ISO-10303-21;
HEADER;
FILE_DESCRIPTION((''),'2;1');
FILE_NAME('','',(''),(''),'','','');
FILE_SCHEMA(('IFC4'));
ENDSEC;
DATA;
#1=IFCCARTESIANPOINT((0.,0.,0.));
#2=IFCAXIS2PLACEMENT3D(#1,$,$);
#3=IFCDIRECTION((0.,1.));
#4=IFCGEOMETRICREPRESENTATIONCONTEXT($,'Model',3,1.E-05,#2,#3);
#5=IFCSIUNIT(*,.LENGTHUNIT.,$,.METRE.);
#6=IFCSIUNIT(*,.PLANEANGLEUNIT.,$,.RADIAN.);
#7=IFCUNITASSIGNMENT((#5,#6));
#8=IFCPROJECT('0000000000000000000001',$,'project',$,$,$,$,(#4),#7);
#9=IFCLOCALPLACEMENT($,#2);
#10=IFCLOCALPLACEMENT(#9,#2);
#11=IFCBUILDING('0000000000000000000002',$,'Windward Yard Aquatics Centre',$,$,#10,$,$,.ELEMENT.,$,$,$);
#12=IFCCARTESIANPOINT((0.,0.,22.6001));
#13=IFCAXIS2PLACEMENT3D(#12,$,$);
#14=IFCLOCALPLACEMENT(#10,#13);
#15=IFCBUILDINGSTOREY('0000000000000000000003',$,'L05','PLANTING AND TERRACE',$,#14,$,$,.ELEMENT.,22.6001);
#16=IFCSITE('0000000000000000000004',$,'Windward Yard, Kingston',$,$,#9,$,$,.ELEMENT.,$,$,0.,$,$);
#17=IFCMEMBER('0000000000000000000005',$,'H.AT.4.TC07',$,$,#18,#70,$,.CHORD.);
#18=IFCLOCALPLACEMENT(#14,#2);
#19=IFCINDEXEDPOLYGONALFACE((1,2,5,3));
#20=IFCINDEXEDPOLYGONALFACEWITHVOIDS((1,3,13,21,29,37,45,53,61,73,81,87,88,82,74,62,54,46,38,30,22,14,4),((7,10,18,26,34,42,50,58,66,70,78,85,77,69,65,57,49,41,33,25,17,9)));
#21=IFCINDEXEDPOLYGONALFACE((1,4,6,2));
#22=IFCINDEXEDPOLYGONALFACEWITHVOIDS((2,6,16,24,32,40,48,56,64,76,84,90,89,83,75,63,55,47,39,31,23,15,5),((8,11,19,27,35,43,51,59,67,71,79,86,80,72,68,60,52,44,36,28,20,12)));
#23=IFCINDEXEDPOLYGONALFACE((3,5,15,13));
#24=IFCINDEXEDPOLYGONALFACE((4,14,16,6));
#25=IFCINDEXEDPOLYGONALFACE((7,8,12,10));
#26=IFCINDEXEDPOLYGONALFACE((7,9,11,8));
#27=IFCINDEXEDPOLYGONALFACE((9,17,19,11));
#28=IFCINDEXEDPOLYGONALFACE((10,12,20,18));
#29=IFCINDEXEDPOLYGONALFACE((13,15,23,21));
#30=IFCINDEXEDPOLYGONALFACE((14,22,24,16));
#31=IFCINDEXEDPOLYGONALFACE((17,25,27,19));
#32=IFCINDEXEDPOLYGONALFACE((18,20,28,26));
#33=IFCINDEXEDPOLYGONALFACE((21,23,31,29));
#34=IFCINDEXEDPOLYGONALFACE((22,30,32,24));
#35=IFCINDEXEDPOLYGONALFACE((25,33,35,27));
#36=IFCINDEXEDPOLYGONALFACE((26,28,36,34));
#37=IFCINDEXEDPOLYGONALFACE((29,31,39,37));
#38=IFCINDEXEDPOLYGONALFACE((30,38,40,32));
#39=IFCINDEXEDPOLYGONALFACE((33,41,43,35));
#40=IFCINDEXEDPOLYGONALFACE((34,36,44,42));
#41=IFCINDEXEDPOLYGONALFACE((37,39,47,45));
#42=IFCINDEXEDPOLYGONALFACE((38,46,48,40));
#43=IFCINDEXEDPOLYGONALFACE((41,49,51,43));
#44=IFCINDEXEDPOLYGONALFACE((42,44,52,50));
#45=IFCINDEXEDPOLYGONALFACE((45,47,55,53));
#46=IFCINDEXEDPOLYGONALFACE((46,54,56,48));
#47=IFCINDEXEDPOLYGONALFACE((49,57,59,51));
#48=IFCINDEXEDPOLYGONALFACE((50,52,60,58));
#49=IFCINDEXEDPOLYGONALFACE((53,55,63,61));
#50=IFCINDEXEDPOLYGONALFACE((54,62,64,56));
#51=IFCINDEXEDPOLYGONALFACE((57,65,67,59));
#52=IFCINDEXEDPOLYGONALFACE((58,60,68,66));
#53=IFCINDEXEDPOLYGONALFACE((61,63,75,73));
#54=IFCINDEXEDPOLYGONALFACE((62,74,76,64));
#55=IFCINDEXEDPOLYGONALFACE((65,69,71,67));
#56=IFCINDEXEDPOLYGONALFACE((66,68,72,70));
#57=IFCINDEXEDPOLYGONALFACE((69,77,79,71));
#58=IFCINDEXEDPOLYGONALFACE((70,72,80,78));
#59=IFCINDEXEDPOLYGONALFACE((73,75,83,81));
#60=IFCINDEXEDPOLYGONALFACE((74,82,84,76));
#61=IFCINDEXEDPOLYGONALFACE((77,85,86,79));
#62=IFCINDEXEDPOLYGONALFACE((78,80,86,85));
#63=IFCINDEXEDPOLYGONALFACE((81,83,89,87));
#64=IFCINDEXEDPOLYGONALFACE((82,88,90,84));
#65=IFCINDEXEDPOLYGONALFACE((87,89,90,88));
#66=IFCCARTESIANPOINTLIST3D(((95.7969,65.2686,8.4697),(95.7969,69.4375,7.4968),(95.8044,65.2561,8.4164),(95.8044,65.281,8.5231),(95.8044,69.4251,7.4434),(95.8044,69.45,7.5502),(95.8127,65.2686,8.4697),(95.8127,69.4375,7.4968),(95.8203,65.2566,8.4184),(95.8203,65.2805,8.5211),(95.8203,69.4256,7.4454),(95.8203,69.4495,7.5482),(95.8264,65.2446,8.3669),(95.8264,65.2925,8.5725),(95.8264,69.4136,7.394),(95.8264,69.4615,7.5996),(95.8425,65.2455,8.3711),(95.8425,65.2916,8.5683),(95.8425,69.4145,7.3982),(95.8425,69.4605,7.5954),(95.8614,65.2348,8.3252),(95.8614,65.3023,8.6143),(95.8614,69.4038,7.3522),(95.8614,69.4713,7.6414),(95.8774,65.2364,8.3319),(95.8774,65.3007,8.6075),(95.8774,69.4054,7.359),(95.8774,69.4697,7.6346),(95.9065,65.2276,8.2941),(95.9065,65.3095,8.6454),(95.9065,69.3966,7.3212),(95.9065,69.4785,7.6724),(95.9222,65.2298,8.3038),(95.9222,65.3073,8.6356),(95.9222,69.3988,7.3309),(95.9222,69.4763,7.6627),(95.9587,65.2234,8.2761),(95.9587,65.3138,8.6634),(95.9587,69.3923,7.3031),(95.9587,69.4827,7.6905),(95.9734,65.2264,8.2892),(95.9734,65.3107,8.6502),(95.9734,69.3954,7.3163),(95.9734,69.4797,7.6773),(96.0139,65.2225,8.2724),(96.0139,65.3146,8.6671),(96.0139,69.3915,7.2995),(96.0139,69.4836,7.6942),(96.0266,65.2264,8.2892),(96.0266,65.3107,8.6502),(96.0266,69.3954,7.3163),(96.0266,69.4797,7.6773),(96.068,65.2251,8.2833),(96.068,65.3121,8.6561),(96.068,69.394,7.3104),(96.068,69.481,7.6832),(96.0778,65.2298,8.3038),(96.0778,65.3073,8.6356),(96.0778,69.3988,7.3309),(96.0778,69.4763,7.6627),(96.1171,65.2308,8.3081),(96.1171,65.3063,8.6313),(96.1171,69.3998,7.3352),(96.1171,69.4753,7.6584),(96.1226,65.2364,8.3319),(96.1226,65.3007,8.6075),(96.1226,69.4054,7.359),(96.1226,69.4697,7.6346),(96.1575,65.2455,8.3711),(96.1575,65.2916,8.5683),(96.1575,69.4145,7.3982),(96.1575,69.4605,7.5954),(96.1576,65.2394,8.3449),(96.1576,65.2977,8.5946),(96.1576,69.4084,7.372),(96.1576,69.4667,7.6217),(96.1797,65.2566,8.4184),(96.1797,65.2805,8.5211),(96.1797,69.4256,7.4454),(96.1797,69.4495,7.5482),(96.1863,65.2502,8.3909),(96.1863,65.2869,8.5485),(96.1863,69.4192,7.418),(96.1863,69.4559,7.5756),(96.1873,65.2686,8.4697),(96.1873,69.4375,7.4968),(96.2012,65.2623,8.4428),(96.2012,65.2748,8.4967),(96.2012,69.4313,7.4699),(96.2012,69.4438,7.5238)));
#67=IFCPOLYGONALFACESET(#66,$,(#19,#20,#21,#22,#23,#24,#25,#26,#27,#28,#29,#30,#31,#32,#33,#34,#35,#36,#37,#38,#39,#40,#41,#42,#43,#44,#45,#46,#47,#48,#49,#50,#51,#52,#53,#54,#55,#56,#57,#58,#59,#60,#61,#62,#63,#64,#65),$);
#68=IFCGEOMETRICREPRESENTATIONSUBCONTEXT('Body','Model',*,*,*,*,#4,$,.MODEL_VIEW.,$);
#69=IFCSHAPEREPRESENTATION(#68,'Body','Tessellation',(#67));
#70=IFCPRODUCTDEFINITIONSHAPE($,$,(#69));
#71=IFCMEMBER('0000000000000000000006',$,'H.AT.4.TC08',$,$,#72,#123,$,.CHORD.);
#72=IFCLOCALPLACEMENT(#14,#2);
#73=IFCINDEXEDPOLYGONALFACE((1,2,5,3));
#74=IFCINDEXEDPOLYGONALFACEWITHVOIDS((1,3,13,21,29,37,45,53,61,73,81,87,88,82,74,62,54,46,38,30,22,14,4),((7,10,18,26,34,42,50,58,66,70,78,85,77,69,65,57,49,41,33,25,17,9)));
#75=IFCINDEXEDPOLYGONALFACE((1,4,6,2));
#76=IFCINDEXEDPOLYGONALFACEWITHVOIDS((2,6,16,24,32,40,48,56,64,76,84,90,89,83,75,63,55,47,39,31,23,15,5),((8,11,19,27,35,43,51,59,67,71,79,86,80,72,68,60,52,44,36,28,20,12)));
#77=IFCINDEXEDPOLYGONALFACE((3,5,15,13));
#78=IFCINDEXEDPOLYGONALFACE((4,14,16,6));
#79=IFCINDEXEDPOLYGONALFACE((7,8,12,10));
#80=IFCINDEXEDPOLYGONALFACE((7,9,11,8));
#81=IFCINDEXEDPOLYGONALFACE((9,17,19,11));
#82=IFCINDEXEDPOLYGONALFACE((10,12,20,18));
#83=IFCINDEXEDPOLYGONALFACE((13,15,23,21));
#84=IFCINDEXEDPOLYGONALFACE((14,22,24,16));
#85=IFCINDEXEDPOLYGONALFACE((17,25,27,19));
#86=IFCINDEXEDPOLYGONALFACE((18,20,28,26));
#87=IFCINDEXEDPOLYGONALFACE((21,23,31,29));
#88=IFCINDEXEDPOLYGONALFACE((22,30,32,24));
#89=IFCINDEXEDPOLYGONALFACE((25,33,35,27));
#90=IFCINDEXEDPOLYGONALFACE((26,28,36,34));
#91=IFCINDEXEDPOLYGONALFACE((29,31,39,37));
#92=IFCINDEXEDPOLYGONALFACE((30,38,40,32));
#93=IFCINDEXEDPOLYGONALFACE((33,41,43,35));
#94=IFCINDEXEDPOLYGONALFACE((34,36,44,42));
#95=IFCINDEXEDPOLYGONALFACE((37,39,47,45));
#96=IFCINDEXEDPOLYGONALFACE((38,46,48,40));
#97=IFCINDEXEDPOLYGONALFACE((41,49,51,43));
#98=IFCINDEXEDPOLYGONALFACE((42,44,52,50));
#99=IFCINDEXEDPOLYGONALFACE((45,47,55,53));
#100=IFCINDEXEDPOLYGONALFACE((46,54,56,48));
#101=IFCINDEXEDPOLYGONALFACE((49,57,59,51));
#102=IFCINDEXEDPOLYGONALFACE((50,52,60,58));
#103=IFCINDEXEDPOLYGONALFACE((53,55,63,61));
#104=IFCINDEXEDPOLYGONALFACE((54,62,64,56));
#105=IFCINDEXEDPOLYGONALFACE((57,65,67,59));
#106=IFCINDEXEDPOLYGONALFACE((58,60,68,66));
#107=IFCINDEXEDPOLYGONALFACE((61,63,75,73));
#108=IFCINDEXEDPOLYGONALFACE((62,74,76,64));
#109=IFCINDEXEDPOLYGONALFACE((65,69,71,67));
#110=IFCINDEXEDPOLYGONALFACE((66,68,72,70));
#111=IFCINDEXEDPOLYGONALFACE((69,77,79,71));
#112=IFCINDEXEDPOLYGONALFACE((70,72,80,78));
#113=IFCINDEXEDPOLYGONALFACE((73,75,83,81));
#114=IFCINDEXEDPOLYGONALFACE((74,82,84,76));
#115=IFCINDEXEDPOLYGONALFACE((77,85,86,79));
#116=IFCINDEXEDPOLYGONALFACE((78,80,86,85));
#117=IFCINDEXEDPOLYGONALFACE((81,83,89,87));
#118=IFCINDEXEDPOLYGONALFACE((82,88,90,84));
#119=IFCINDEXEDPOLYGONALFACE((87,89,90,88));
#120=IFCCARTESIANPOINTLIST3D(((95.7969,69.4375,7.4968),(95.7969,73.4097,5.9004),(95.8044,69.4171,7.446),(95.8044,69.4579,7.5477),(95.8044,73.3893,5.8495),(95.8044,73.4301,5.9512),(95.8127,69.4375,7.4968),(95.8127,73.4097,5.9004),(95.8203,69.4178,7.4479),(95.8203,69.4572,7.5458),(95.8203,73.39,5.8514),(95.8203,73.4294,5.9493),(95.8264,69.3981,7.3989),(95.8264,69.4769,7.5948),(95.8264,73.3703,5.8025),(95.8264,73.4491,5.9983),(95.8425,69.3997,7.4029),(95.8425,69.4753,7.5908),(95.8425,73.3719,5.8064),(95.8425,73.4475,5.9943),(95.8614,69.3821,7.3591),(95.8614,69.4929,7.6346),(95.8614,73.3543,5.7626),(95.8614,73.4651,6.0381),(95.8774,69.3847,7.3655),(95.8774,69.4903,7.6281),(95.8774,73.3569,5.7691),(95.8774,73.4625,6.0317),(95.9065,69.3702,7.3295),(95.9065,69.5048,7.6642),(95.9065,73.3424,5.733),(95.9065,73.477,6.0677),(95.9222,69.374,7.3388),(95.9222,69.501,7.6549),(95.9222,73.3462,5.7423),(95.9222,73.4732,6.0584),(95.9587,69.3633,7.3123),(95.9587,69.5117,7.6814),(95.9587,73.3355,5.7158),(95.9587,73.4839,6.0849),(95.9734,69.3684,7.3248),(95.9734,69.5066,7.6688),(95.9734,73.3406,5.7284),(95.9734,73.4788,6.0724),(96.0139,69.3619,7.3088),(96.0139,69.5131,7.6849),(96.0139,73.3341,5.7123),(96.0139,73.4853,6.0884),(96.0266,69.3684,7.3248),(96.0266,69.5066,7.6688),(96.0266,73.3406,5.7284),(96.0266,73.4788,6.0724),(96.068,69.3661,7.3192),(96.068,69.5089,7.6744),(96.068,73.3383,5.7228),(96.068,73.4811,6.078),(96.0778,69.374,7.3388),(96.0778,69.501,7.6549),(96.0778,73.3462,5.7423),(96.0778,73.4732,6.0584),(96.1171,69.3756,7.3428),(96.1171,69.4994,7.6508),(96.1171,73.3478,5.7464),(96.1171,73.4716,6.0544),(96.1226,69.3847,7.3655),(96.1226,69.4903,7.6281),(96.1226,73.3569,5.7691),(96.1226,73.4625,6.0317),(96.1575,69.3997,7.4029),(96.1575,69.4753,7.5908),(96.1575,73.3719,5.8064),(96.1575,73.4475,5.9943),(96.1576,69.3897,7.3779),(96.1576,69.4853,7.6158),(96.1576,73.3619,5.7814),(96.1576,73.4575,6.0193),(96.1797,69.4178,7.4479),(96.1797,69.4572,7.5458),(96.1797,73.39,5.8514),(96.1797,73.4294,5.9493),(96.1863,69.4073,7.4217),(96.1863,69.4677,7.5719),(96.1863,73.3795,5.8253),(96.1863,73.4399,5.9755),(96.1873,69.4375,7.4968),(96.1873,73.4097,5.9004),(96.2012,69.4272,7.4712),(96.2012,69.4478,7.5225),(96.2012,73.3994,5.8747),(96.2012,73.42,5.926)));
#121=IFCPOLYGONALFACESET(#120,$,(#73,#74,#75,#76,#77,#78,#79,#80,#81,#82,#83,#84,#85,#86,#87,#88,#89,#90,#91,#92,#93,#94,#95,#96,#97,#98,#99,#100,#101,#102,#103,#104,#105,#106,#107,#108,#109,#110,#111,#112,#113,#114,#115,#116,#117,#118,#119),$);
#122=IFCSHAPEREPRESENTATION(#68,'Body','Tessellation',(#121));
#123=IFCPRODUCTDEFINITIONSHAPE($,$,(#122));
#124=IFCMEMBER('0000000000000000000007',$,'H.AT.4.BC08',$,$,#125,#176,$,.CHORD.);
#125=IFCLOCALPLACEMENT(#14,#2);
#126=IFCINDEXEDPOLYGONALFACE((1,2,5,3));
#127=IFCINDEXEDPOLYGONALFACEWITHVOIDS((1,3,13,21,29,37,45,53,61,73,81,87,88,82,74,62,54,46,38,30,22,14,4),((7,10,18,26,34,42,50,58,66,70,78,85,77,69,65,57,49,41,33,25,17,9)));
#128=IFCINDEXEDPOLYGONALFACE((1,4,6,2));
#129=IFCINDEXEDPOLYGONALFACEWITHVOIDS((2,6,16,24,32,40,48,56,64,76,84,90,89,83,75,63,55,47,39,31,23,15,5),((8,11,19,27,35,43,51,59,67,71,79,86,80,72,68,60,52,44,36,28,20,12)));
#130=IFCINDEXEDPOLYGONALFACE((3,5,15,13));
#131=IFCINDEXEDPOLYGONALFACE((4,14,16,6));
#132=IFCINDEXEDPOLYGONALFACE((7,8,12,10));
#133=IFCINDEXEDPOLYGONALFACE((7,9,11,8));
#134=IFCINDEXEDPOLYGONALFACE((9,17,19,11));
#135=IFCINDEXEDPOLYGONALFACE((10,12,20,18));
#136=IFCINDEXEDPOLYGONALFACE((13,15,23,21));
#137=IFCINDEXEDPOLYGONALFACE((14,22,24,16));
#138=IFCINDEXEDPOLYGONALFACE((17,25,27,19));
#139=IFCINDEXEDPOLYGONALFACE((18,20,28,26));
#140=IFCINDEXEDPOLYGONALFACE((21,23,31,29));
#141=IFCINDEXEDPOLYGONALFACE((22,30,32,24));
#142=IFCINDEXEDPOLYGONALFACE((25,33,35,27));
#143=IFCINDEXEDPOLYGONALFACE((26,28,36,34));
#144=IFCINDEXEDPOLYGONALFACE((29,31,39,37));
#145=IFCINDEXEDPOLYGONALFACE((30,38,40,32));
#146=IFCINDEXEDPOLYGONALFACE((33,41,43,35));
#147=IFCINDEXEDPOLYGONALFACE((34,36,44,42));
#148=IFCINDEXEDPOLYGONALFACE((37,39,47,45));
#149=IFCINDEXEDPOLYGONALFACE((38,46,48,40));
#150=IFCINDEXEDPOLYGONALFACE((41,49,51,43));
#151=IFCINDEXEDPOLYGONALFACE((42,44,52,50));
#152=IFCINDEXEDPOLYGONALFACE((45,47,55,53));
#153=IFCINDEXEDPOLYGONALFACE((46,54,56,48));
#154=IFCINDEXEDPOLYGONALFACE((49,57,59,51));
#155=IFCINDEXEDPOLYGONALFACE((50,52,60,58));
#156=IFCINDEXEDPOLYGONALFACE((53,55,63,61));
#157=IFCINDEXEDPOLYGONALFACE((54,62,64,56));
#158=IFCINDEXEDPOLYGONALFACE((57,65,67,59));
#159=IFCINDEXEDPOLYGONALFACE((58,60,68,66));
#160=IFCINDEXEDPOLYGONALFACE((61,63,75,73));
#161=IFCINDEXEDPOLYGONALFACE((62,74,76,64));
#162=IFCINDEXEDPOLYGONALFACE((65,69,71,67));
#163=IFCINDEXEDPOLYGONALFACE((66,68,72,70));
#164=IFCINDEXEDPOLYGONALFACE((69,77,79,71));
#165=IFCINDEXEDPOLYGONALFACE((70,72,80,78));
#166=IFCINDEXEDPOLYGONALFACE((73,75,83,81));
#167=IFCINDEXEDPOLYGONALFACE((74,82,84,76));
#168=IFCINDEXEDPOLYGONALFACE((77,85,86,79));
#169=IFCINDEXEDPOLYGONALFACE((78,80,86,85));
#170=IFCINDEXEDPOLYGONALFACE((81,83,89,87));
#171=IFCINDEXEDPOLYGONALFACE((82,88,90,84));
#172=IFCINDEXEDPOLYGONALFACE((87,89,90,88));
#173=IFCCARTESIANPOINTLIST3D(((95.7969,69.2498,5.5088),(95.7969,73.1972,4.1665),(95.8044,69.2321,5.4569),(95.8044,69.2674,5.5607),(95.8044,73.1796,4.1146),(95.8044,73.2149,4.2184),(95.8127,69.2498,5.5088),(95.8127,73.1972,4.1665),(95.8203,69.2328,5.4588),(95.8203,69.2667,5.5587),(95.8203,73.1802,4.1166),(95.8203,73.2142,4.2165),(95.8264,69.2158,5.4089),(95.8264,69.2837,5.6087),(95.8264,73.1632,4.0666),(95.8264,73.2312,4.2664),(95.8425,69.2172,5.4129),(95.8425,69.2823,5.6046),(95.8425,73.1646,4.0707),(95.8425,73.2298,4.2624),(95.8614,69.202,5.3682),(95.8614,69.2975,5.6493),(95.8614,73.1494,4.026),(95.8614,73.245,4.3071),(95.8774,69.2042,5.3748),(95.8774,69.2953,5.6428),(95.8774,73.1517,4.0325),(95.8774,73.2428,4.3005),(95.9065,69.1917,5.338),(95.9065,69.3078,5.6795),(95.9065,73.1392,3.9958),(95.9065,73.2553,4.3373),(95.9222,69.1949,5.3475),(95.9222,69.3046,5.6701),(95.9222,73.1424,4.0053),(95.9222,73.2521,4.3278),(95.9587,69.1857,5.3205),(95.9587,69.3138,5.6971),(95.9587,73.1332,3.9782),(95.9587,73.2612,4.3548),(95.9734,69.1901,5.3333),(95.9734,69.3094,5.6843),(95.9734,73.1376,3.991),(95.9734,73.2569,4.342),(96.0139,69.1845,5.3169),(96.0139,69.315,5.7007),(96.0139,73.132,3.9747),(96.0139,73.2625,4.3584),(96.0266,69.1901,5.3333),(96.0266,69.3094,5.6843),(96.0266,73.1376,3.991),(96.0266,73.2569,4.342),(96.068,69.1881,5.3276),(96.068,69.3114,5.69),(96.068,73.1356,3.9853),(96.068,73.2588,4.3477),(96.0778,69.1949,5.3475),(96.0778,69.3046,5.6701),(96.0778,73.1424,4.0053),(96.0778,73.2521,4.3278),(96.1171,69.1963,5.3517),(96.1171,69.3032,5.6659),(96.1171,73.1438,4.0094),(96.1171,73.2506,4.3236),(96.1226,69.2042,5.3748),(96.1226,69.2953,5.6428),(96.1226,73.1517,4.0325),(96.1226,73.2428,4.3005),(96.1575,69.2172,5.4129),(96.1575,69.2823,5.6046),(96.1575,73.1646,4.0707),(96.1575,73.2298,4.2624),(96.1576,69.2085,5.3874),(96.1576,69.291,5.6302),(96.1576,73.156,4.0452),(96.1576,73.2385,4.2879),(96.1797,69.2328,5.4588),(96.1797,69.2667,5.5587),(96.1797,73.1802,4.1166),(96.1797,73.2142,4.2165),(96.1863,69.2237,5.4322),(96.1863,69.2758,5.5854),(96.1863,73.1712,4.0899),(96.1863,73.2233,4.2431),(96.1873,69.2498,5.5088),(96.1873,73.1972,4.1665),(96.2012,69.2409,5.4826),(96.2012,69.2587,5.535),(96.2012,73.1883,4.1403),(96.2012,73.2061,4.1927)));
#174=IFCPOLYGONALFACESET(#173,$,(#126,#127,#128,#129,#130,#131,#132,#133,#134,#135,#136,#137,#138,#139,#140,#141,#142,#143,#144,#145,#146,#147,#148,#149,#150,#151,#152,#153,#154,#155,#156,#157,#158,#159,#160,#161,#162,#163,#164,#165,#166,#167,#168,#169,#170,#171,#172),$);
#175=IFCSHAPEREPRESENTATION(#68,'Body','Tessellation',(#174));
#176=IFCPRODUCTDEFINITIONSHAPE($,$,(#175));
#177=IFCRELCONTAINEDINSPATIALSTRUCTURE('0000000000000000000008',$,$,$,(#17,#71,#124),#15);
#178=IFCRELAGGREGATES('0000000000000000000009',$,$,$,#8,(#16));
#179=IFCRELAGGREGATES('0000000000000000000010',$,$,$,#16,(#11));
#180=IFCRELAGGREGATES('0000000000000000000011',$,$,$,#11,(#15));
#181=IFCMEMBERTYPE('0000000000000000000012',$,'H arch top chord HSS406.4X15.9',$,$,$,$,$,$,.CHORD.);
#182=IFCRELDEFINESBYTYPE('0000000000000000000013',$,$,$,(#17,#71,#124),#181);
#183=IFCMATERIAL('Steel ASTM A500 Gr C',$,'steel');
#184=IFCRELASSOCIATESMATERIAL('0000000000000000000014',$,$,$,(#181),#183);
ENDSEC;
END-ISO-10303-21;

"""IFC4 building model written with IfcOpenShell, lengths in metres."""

from ifc_helpers import new_model, si_unit, direction, frame, origin, origin_2d, place, context, subcontext, project, spatial, hollow_circle, extrude, material, material_profile, profile_set, type_object, element, save


model = new_model("IFC4")

# Units and contexts
model_context = context("Model", 3, precision=1e-05, world=origin(), true_north=direction((0.0, 1.0)))
body_context = subcontext(model_context, "Body", "Model", "MODEL_VIEW")
ifc_project = project(units=[si_unit("LENGTHUNIT", "METRE"), si_unit("PLANEANGLEUNIT", "RADIAN")], contexts=[model_context])

# Site, building, storey
site_placement = place(None, origin())
site = spatial("IfcSite", under=ifc_project, at=site_placement, Name="Windward Yard, Kingston", CompositionType="ELEMENT", RefElevation=0.0)
building_placement = place(site_placement, origin())
building = spatial("IfcBuilding", under=site, at=building_placement, Name="Windward Yard Aquatics Centre", CompositionType="ELEMENT")
storey_placement = place(building_placement, frame((0.0, 0.0, 22.6001)))
storey = spatial("IfcBuildingStorey", under=building, at=storey_placement, Name="L05", Description="PLANTING AND TERRACE", CompositionType="ELEMENT", Elevation=22.6001)

# Members
ifc_material_1 = material(Name="Steel ASTM A500 Gr C", Category="steel")
ifc_material_profile_1 = material_profile(ifc_material_1, hollow_circle(Radius=0.2031, WallThickness=0.0159, at=origin_2d()), Name="HSS406.4X15.9")
ifc_profile_set_1 = profile_set([ifc_material_profile_1], Name="Steel ASTM A500 Gr C")
member_type_1 = type_object("IfcMemberType", Name="H arch top chord HSS406.4X15.9", PredefinedType="CHORD", material=ifc_profile_set_1)
for number, where, z_axis, x_axis, name in (
    (1, (96.0, 65.2686, 8.4697), (0.0, 0.973834, -0.227262), (-1.0, 0.0, 0.0), "H.AT.4.TC07"),
    (2, (96.0, 69.4375, 7.4968), (0.0, 0.927866, -0.372914), (-1.0, 0.0, 0.0), "H.AT.4.TC08"),
):
    element("IfcMember", number, at=place(storey_placement, frame(where, z_axis=z_axis, x_axis=x_axis)), inside=storey, type_object=member_type_1, Name=name, PredefinedType="CHORD", context=body_context, shape_type="SweptSolid", body=[
        extrude(hollow_circle(Radius=0.2031, WallThickness=0.0159, at=origin_2d()), origin(), (0.0, 0.0, 1.0), 4.281),
    ])
member_1_placement = place(storey_placement, frame((96.0, 69.2498, 5.5088), z_axis=(0.0, 0.946763, -0.321931), x_axis=(-1.0, 0.0, 0.0)))
element("IfcMember", 3, at=member_1_placement, inside=storey, type_object=member_type_1, Name="H.AT.4.BC08", PredefinedType="CHORD", context=body_context, shape_type="SweptSolid", body=[
    extrude(hollow_circle(Radius=0.2031, WallThickness=0.0159, at=origin_2d()), origin(), (0.0, 0.0, 1.0), 4.1694),
])

save(model, "model.ifc")
